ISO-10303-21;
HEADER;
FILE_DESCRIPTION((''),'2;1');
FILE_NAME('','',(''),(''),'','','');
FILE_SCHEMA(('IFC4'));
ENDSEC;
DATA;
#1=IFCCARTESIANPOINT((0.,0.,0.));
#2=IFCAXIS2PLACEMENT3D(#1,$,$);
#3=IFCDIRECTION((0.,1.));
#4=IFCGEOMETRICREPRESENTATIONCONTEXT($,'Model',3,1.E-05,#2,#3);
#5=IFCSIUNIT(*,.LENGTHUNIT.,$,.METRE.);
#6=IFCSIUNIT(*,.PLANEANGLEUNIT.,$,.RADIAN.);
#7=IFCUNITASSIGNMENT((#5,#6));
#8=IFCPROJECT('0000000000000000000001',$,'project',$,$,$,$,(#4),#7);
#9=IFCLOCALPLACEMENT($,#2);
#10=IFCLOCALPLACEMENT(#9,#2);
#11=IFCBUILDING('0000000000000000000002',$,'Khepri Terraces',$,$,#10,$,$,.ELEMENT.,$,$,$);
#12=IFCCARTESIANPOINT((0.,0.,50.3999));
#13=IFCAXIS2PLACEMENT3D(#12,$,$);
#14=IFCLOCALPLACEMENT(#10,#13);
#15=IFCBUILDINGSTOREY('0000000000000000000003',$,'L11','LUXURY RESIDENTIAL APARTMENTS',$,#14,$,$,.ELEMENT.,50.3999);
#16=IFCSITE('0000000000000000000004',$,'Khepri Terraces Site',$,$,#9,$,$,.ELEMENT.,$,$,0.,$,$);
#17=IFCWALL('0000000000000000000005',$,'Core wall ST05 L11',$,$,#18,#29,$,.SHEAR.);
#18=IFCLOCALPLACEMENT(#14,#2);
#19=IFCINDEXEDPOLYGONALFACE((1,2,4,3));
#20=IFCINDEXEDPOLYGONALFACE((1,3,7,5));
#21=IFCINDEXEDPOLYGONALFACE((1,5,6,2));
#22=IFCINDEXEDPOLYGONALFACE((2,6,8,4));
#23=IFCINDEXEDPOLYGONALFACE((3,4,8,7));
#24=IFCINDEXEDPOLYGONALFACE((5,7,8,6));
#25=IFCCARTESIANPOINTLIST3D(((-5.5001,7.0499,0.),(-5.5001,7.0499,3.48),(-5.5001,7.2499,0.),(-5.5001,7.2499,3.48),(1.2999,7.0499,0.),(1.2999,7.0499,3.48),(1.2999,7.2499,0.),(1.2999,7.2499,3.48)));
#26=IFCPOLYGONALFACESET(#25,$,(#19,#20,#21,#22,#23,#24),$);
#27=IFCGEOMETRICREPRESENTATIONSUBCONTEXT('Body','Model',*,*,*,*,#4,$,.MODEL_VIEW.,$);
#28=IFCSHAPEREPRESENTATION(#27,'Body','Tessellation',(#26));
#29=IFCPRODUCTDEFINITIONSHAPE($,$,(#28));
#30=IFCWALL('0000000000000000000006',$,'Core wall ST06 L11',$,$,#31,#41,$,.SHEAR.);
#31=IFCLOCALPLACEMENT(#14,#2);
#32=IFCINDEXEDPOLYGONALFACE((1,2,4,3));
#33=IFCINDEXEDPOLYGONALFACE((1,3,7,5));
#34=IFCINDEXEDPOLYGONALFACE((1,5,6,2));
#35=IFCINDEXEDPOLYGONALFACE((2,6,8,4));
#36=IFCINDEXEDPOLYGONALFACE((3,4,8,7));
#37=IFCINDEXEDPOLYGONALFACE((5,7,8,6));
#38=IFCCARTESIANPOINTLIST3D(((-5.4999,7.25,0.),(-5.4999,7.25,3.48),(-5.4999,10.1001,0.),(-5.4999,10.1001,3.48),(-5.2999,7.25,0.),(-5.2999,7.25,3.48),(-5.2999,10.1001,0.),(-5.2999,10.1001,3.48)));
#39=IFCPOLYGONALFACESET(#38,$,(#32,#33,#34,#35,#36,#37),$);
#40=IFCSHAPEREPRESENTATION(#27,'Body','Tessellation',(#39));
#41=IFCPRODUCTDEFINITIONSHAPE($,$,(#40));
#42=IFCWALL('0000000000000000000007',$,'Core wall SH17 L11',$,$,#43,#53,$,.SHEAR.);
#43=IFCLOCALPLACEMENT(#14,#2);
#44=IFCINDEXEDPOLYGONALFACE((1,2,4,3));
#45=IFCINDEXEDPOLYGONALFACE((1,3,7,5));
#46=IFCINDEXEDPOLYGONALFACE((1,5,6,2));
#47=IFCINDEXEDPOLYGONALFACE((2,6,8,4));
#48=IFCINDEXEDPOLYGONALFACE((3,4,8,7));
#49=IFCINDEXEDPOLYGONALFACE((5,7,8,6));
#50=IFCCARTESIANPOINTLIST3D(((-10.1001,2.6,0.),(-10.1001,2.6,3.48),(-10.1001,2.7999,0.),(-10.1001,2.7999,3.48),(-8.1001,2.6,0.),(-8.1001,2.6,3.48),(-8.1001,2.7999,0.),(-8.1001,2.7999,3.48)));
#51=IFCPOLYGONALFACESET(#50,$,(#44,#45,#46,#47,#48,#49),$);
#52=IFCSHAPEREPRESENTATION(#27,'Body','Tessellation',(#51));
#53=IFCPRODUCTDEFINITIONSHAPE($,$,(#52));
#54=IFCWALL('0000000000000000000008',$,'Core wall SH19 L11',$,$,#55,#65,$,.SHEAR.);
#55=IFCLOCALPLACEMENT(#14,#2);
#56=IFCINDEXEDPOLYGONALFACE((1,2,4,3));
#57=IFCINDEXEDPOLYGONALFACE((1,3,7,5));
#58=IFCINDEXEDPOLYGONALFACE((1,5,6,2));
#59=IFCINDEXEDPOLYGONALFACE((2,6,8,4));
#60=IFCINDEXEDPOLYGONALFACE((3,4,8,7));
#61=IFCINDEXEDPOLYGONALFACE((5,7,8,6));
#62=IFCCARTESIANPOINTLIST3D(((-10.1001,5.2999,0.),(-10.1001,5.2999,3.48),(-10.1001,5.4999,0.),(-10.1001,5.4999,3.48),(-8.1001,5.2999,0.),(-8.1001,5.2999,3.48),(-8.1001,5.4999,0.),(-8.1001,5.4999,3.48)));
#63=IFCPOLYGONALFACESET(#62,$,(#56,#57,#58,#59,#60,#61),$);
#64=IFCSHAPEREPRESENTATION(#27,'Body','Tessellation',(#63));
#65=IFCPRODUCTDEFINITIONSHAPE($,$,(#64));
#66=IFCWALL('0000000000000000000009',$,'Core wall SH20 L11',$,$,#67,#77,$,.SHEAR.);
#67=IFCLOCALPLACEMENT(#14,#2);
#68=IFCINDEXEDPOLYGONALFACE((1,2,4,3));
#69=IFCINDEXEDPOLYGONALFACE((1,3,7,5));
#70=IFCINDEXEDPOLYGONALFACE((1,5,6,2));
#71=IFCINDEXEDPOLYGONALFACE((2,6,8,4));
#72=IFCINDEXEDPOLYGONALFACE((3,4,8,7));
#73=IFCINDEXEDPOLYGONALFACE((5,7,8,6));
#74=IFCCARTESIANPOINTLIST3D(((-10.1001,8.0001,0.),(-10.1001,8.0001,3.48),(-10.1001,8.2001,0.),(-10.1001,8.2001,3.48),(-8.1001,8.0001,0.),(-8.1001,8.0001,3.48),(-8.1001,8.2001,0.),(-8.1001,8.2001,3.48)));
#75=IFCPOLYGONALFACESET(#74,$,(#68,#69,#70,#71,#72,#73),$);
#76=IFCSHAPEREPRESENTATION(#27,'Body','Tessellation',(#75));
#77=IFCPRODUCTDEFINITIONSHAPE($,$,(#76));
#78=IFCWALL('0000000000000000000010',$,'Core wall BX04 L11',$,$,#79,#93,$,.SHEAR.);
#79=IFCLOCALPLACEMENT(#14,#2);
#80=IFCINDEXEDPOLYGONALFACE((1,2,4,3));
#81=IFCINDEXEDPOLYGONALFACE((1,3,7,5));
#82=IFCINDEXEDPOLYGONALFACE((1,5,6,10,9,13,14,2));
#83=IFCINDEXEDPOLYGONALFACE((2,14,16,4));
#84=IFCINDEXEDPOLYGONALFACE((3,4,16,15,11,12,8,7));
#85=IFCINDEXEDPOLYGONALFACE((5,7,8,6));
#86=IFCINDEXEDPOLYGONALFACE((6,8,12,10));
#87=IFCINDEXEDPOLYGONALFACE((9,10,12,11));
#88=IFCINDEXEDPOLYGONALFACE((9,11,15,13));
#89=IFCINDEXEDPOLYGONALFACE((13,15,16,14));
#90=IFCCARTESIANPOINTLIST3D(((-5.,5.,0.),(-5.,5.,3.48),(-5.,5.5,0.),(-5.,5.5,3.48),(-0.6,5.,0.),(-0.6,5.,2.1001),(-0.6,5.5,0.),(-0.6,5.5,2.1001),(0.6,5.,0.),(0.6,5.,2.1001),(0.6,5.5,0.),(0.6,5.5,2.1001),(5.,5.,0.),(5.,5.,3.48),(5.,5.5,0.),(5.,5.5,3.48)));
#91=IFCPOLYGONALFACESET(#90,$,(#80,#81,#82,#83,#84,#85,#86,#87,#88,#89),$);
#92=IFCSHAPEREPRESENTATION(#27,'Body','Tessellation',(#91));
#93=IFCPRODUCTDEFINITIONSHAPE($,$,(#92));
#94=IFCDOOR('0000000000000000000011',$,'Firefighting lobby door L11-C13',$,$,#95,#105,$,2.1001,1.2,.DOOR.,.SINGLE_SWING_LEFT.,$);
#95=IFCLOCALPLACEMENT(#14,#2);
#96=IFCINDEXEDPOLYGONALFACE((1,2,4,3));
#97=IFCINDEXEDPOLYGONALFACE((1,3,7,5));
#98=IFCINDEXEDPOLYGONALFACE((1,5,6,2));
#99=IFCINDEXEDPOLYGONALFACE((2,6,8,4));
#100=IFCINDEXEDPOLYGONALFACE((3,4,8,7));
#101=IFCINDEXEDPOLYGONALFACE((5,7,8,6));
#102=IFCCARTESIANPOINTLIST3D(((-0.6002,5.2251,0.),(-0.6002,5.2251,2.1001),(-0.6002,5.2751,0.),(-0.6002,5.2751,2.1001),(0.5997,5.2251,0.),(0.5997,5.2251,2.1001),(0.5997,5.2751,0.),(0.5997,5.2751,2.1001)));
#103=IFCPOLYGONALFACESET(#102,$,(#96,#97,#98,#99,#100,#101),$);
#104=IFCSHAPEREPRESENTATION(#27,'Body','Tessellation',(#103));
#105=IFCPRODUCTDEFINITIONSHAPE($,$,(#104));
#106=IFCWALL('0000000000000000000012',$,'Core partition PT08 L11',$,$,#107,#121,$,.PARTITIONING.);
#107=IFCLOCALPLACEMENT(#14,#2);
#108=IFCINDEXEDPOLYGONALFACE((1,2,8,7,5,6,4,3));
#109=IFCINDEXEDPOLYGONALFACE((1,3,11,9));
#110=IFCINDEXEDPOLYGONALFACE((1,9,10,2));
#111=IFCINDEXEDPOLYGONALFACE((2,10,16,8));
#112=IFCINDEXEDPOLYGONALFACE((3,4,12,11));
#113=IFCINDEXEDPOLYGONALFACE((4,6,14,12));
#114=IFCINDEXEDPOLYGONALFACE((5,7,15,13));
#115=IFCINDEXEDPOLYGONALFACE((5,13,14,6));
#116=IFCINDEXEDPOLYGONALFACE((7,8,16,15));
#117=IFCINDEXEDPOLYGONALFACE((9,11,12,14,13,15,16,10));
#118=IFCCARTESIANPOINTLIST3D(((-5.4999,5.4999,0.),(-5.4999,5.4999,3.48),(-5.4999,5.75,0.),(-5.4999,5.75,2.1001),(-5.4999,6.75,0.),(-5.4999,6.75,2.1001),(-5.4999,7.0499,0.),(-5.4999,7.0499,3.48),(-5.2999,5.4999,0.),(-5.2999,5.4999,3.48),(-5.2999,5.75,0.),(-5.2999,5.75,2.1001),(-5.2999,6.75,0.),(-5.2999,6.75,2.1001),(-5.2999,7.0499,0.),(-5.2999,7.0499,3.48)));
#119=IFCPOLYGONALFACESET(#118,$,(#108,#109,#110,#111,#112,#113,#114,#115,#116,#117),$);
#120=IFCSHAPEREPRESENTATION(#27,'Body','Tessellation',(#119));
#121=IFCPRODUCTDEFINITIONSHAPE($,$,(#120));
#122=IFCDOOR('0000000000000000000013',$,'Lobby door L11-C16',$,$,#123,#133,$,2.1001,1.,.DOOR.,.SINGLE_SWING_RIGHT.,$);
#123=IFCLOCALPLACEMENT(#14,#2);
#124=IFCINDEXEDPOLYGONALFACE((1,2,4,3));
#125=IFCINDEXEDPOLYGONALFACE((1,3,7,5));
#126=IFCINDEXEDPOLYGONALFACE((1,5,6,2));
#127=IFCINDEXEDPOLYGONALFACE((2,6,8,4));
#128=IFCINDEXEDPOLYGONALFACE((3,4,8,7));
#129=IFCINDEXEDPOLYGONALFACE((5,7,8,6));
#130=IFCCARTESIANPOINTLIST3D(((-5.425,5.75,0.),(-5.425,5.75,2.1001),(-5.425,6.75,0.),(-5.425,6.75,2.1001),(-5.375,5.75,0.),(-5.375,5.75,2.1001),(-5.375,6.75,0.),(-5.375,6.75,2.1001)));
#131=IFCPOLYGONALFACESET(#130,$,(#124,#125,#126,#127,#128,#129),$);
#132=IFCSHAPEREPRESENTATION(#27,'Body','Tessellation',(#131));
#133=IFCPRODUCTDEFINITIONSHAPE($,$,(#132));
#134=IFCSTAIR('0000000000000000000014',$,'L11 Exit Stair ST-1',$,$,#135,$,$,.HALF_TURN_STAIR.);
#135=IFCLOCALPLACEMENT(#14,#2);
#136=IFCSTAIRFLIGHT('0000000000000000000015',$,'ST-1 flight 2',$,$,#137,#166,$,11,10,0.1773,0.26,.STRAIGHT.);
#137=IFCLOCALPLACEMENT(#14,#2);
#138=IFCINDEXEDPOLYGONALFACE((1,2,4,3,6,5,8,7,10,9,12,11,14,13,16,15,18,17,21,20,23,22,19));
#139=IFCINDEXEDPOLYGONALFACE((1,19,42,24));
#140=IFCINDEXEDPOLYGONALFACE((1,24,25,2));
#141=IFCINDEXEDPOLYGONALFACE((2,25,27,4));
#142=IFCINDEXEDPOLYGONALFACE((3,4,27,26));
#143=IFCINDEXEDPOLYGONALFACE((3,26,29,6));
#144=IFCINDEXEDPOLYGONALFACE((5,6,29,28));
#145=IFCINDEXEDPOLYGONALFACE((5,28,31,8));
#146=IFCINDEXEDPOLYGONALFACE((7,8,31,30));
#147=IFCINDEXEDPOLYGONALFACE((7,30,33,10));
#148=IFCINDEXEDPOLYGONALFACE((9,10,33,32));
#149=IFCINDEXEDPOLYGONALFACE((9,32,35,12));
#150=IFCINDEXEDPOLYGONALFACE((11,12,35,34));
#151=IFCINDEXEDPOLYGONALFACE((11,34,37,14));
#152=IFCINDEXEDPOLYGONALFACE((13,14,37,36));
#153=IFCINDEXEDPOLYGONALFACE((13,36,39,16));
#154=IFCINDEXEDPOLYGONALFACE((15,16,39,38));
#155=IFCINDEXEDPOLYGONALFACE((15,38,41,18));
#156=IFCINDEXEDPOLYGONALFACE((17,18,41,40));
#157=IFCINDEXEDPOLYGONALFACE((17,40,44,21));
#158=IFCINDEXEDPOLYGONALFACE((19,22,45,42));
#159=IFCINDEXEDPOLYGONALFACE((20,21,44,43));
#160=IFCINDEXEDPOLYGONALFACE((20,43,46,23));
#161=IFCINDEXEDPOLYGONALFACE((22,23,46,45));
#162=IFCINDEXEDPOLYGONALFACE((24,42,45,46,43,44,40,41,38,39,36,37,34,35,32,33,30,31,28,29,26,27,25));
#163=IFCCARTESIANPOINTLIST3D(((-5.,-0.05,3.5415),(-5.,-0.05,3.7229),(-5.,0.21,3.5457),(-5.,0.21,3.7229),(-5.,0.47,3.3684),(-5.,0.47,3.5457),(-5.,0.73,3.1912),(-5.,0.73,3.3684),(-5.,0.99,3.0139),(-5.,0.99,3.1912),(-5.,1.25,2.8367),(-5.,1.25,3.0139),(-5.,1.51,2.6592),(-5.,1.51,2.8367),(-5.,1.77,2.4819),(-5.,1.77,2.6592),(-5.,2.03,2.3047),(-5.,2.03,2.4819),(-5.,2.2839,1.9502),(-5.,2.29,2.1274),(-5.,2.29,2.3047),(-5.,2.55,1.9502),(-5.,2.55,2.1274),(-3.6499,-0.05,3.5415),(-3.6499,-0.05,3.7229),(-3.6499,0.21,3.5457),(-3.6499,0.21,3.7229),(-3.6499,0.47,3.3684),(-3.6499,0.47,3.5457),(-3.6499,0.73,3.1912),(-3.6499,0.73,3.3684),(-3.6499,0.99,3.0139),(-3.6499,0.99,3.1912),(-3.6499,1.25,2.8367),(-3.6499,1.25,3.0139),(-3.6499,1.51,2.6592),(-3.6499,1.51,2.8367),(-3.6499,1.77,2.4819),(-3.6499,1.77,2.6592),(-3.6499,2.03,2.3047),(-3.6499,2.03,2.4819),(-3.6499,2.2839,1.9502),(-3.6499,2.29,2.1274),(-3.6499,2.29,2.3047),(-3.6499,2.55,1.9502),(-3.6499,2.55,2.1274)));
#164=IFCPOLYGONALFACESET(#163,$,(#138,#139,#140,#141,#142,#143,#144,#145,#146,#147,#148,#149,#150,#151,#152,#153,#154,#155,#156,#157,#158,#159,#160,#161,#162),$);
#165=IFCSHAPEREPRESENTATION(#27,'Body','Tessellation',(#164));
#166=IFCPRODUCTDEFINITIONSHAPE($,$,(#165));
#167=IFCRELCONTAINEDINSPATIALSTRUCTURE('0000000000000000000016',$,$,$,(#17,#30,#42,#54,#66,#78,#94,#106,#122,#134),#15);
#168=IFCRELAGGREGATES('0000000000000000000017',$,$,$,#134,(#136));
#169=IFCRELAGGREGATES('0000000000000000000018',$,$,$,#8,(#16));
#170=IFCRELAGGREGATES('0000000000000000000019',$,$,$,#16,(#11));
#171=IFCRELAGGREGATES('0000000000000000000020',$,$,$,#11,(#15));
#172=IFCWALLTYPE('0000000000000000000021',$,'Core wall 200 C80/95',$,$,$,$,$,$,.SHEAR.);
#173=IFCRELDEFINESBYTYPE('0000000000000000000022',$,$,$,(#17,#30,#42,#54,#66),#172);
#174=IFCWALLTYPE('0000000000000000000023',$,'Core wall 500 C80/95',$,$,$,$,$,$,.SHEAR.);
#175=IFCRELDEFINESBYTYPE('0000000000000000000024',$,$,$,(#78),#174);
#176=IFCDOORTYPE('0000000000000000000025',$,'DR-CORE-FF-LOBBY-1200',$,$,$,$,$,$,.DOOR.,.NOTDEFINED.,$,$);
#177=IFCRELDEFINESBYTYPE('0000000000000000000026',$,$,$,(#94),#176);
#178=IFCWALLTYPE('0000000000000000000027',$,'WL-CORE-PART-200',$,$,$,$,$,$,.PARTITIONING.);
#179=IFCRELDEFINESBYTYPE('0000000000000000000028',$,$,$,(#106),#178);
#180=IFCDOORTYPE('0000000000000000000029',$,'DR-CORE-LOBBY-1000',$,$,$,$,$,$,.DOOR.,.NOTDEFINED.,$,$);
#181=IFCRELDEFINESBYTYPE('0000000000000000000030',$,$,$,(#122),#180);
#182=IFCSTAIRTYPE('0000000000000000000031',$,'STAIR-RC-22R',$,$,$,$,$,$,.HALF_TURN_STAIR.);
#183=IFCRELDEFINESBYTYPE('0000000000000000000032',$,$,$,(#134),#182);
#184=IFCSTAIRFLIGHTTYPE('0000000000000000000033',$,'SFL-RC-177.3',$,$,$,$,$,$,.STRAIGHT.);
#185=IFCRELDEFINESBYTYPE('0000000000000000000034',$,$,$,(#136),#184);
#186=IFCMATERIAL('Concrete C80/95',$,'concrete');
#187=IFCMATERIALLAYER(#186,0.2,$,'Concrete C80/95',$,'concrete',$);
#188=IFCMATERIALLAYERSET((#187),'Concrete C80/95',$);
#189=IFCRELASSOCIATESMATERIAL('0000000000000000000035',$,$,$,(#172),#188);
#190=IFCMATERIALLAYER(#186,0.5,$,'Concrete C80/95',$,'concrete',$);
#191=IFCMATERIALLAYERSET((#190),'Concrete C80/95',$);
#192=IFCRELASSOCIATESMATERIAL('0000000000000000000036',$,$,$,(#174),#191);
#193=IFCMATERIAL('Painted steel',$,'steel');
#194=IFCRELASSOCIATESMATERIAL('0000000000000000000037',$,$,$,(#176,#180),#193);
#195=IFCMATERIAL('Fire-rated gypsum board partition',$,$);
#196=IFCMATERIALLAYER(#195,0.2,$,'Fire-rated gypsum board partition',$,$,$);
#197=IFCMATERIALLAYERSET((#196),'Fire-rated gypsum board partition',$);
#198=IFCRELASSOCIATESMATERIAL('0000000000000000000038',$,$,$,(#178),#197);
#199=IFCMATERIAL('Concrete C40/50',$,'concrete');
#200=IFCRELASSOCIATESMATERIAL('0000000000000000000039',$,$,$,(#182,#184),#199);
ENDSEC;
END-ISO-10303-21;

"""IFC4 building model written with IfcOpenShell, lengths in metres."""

from ifc_helpers import new_model, si_unit, direction, frame, frame_2d, origin, place, context, subcontext, project, spatial, polyline, rectangle, outline, extrude, material, layer, layer_set, type_object, element, fill, aggregate, save


model = new_model("IFC4")

# Units and contexts
model_context = context("Model", 3, precision=1e-05, world=origin(), true_north=direction((0.0, 1.0)))
body_context = subcontext(model_context, "Body", "Model", "MODEL_VIEW")
ifc_project = project(units=[si_unit("LENGTHUNIT", "METRE"), si_unit("PLANEANGLEUNIT", "RADIAN")], contexts=[model_context])

# Site, building, storey
site_placement = place(None, origin())
site = spatial("IfcSite", under=ifc_project, at=site_placement, Name="Khepri Terraces Site", CompositionType="ELEMENT", RefElevation=0.0)
building_placement = place(site_placement, origin())
building = spatial("IfcBuilding", under=site, at=building_placement, Name="Khepri Terraces", CompositionType="ELEMENT")
storey_placement = place(building_placement, frame((0.0, 0.0, 50.3999)))
storey = spatial("IfcBuildingStorey", under=building, at=storey_placement, Name="L11", Description="LUXURY RESIDENTIAL APARTMENTS", CompositionType="ELEMENT", Elevation=50.3999)

# Walls
ifc_material_1 = material(Name="Concrete C80/95", Category="concrete")
ifc_layer_1 = layer(ifc_material_1, 0.2, Name="Concrete C80/95", Category="concrete")
ifc_layer_set_1 = layer_set([ifc_layer_1], Name="Concrete C80/95")
wall_type_1 = type_object("IfcWallType", Name="Core wall 200 C80/95", PredefinedType="SHEAR", material=ifc_layer_set_1)
wall_1_placement = place(storey_placement, frame((-5.5, 7.1499, 0.0), z_axis=(0.0, 0.0, 1.0), x_axis=(1.0, 0.0, 0.0)))
element("IfcWall", 1, at=wall_1_placement, inside=storey, type_object=wall_type_1, Name="Core wall ST05 L11", PredefinedType="SHEAR", context=body_context, shape_type="SweptSolid", body=[
    extrude(rectangle(XDim=6.8, YDim=0.2, at=frame_2d((3.3999, 0.0))), origin(), (0.0, 0.0, 1.0), 3.48),
])
wall_2_placement = place(storey_placement, frame((-5.3999, 7.25, 0.0), z_axis=(0.0, 0.0, 1.0), x_axis=(0.0, 1.0, 0.0)))
element("IfcWall", 2, at=wall_2_placement, inside=storey, type_object=wall_type_1, Name="Core wall ST06 L11", PredefinedType="SHEAR", context=body_context, shape_type="SweptSolid", body=[
    extrude(rectangle(XDim=2.8501, YDim=0.2, at=frame_2d((1.425, 0.0))), origin(), (0.0, 0.0, 1.0), 3.48),
])
for number, where, z_axis, x_axis, name in (
    (3, (-10.1001, 2.7, 0.0), (0.0, 0.0, 1.0), (1.0, 0.0, 0.0), "Core wall SH17 L11"),
    (4, (-10.1001, 5.3999, 0.0), (0.0, 0.0, 1.0), (1.0, 0.0, 0.0), "Core wall SH19 L11"),
    (5, (-10.1001, 8.1001, 0.0), (0.0, 0.0, 1.0), (1.0, 0.0, 0.0), "Core wall SH20 L11"),
):
    element("IfcWall", number, at=place(storey_placement, frame(where, z_axis=z_axis, x_axis=x_axis)), inside=storey, type_object=wall_type_1, Name=name, PredefinedType="SHEAR", context=body_context, shape_type="SweptSolid", body=[
        extrude(rectangle(XDim=2.0, YDim=0.2, at=frame_2d((1.0, 0.0))), origin(), (0.0, 0.0, 1.0), 3.48),
    ])

# Walls, openings, doors
ifc_layer_2 = layer(ifc_material_1, 0.5, Name="Concrete C80/95", Category="concrete")
ifc_layer_set_2 = layer_set([ifc_layer_2], Name="Concrete C80/95")
wall_type_2 = type_object("IfcWallType", Name="Core wall 500 C80/95", PredefinedType="SHEAR", material=ifc_layer_set_2)
wall_3_placement = place(storey_placement, frame((-5.0, 5.25, 0.0), z_axis=(0.0, 0.0, 1.0), x_axis=(1.0, 0.0, 0.0)))
wall_3 = element("IfcWall", 6, at=wall_3_placement, inside=storey, type_object=wall_type_2, Name="Core wall BX04 L11", PredefinedType="SHEAR", context=body_context, shape_type="SweptSolid", body=[
    extrude(rectangle(XDim=10.0, YDim=0.5, at=frame_2d((5.0, 0.0))), origin(), (0.0, 0.0, 1.0), 3.48),
])
opening_1_placement = place(wall_3_placement, frame((4.3999, 0.0, 0.0)))
opening_1 = element("IfcOpeningElement", 7, at=opening_1_placement, cuts=wall_3, PredefinedType="OPENING", context=body_context, shape_type="SweptSolid", body=[
    extrude(rectangle(XDim=1.2, YDim=2.1001, at=frame_2d((0.6001, 1.05))), frame((0.0, 0.26, 0.0), z_axis=(0.0, -1.0, 0.0), x_axis=(1.0, 0.0, 0.0)), (0.0, 0.0, 1.0), 0.52),
])
ifc_material_2 = material(Name="Painted steel", Category="steel")
door_type_1 = type_object("IfcDoorType", Name="DR-CORE-FF-LOBBY-1200", OperationType="NOTDEFINED", PredefinedType="DOOR", material=ifc_material_2)
door_1_placement = place(opening_1_placement, frame((1.2, 0.0, 0.0), z_axis=(0.0, 0.0, 1.0), x_axis=(-1.0, 0.0, 0.0)))
door_1 = element("IfcDoor", 8, at=door_1_placement, inside=storey, type_object=door_type_1, Name="Firefighting lobby door L11-C13", OperationType="SINGLE_SWING_LEFT", OverallHeight=2.1001, OverallWidth=1.2, PredefinedType="DOOR", context=body_context, shape_type="SweptSolid", body=[
    extrude(rectangle(XDim=1.2, YDim=2.1001, at=frame_2d((0.6001, 1.05))), frame((0.0, 0.0249, 0.0), z_axis=(0.0, -1.0, 0.0), x_axis=(1.0, 0.0, 0.0)), (0.0, 0.0, 1.0), 0.05),
])
fill(opening_1, door_1)
ifc_material_3 = material(Name="Fire-rated gypsum board partition")
ifc_layer_3 = layer(ifc_material_3, 0.2, Name="Fire-rated gypsum board partition")
ifc_layer_set_3 = layer_set([ifc_layer_3], Name="Fire-rated gypsum board partition")
wall_type_3 = type_object("IfcWallType", Name="WL-CORE-PART-200", PredefinedType="PARTITIONING", material=ifc_layer_set_3)
wall_4_placement = place(storey_placement, frame((-5.3999, 5.5, 0.0), z_axis=(0.0, 0.0, 1.0), x_axis=(0.0, 1.0, 0.0)))
wall_4 = element("IfcWall", 9, at=wall_4_placement, inside=storey, type_object=wall_type_3, Name="Core partition PT08 L11", PredefinedType="PARTITIONING", context=body_context, shape_type="SweptSolid", body=[
    extrude(rectangle(XDim=1.55, YDim=0.2, at=frame_2d((0.7749, 0.0))), origin(), (0.0, 0.0, 1.0), 3.48),
])
opening_2_placement = place(wall_4_placement, frame((0.25, 0.0, 0.0)))
opening_2 = element("IfcOpeningElement", 10, at=opening_2_placement, cuts=wall_4, PredefinedType="OPENING", context=body_context, shape_type="SweptSolid", body=[
    extrude(rectangle(XDim=1.0, YDim=2.1001, at=frame_2d((0.5, 1.05))), frame((0.0, 0.1099, 0.0), z_axis=(0.0, -1.0, 0.0), x_axis=(1.0, 0.0, 0.0)), (0.0, 0.0, 1.0), 0.22),
])
door_type_2 = type_object("IfcDoorType", Name="DR-CORE-LOBBY-1000", OperationType="NOTDEFINED", PredefinedType="DOOR", material=ifc_material_2)
door_2_placement = place(opening_2_placement, frame((1.0, 0.0, 0.0), z_axis=(0.0, 0.0, 1.0), x_axis=(-1.0, 0.0, 0.0)))
door_2 = element("IfcDoor", 11, at=door_2_placement, inside=storey, type_object=door_type_2, Name="Lobby door L11-C16", OperationType="SINGLE_SWING_RIGHT", OverallHeight=2.1001, OverallWidth=1.0, PredefinedType="DOOR", context=body_context, shape_type="SweptSolid", body=[
    extrude(rectangle(XDim=1.0, YDim=2.1001, at=frame_2d((0.5, 1.05))), frame((0.0, 0.0249, 0.0), z_axis=(0.0, -1.0, 0.0), x_axis=(1.0, 0.0, 0.0)), (0.0, 0.0, 1.0), 0.05),
])
fill(opening_2, door_2)

# Stair, stair flight
ifc_material_4 = material(Name="Concrete C40/50", Category="concrete")
stair_type = type_object("IfcStairType", Name="STAIR-RC-22R", PredefinedType="HALF_TURN_STAIR", material=ifc_material_4)
stair_1_placement = place(storey_placement, origin())
stair_1 = element("IfcStair", 12, at=stair_1_placement, inside=storey, type_object=stair_type, Name="L11 Exit Stair ST-1", PredefinedType="HALF_TURN_STAIR")
stair_flight_type = type_object("IfcStairFlightType", Name="SFL-RC-177.3", PredefinedType="STRAIGHT", material=ifc_material_4)
stair_flight_1_placement = place(storey_placement, frame((-4.325, 2.55, 1.9502), z_axis=(0.0, 0.0, 1.0), x_axis=(0.0, -1.0, 0.0)))
stair_flight_1 = element("IfcStairFlight", 13, at=stair_flight_1_placement, type_object=stair_flight_type, Name="ST-1 flight 2", NumberOfRisers=11, NumberOfTreads=10, PredefinedType="STRAIGHT", RiserHeight=0.1773, TreadLength=0.26, context=body_context, shape_type="SweptSolid", body=[
    extrude(outline(polyline([(0.0, 0.0), (0.0, 0.1772), (0.26, 0.1772), (0.26, 0.3545), (0.52, 0.3545), (0.52, 0.5317), (0.78, 0.5317), (0.78, 0.709), (1.04, 0.709), (1.04, 0.8865), (1.3, 0.8865), (1.3, 1.0637), (1.5601, 1.0637), (1.5601, 1.241), (1.8201, 1.241), (1.8201, 1.4182), (2.0801, 1.4182), (2.0801, 1.5955), (2.3401, 1.5955), (2.3401, 1.7727), (2.6001, 1.7727), (2.6001, 1.95), (2.6001, 1.5913), (0.2661, 0.0), (0.0, 0.0)])), frame((0.0, 0.675, 0.0), z_axis=(0.0, -1.0, 0.0), x_axis=(1.0, 0.0, 0.0)), (0.0, 0.0, 1.0), 1.3501),
])
aggregate(stair_1, [stair_flight_1])

save(model, "model.ifc")
